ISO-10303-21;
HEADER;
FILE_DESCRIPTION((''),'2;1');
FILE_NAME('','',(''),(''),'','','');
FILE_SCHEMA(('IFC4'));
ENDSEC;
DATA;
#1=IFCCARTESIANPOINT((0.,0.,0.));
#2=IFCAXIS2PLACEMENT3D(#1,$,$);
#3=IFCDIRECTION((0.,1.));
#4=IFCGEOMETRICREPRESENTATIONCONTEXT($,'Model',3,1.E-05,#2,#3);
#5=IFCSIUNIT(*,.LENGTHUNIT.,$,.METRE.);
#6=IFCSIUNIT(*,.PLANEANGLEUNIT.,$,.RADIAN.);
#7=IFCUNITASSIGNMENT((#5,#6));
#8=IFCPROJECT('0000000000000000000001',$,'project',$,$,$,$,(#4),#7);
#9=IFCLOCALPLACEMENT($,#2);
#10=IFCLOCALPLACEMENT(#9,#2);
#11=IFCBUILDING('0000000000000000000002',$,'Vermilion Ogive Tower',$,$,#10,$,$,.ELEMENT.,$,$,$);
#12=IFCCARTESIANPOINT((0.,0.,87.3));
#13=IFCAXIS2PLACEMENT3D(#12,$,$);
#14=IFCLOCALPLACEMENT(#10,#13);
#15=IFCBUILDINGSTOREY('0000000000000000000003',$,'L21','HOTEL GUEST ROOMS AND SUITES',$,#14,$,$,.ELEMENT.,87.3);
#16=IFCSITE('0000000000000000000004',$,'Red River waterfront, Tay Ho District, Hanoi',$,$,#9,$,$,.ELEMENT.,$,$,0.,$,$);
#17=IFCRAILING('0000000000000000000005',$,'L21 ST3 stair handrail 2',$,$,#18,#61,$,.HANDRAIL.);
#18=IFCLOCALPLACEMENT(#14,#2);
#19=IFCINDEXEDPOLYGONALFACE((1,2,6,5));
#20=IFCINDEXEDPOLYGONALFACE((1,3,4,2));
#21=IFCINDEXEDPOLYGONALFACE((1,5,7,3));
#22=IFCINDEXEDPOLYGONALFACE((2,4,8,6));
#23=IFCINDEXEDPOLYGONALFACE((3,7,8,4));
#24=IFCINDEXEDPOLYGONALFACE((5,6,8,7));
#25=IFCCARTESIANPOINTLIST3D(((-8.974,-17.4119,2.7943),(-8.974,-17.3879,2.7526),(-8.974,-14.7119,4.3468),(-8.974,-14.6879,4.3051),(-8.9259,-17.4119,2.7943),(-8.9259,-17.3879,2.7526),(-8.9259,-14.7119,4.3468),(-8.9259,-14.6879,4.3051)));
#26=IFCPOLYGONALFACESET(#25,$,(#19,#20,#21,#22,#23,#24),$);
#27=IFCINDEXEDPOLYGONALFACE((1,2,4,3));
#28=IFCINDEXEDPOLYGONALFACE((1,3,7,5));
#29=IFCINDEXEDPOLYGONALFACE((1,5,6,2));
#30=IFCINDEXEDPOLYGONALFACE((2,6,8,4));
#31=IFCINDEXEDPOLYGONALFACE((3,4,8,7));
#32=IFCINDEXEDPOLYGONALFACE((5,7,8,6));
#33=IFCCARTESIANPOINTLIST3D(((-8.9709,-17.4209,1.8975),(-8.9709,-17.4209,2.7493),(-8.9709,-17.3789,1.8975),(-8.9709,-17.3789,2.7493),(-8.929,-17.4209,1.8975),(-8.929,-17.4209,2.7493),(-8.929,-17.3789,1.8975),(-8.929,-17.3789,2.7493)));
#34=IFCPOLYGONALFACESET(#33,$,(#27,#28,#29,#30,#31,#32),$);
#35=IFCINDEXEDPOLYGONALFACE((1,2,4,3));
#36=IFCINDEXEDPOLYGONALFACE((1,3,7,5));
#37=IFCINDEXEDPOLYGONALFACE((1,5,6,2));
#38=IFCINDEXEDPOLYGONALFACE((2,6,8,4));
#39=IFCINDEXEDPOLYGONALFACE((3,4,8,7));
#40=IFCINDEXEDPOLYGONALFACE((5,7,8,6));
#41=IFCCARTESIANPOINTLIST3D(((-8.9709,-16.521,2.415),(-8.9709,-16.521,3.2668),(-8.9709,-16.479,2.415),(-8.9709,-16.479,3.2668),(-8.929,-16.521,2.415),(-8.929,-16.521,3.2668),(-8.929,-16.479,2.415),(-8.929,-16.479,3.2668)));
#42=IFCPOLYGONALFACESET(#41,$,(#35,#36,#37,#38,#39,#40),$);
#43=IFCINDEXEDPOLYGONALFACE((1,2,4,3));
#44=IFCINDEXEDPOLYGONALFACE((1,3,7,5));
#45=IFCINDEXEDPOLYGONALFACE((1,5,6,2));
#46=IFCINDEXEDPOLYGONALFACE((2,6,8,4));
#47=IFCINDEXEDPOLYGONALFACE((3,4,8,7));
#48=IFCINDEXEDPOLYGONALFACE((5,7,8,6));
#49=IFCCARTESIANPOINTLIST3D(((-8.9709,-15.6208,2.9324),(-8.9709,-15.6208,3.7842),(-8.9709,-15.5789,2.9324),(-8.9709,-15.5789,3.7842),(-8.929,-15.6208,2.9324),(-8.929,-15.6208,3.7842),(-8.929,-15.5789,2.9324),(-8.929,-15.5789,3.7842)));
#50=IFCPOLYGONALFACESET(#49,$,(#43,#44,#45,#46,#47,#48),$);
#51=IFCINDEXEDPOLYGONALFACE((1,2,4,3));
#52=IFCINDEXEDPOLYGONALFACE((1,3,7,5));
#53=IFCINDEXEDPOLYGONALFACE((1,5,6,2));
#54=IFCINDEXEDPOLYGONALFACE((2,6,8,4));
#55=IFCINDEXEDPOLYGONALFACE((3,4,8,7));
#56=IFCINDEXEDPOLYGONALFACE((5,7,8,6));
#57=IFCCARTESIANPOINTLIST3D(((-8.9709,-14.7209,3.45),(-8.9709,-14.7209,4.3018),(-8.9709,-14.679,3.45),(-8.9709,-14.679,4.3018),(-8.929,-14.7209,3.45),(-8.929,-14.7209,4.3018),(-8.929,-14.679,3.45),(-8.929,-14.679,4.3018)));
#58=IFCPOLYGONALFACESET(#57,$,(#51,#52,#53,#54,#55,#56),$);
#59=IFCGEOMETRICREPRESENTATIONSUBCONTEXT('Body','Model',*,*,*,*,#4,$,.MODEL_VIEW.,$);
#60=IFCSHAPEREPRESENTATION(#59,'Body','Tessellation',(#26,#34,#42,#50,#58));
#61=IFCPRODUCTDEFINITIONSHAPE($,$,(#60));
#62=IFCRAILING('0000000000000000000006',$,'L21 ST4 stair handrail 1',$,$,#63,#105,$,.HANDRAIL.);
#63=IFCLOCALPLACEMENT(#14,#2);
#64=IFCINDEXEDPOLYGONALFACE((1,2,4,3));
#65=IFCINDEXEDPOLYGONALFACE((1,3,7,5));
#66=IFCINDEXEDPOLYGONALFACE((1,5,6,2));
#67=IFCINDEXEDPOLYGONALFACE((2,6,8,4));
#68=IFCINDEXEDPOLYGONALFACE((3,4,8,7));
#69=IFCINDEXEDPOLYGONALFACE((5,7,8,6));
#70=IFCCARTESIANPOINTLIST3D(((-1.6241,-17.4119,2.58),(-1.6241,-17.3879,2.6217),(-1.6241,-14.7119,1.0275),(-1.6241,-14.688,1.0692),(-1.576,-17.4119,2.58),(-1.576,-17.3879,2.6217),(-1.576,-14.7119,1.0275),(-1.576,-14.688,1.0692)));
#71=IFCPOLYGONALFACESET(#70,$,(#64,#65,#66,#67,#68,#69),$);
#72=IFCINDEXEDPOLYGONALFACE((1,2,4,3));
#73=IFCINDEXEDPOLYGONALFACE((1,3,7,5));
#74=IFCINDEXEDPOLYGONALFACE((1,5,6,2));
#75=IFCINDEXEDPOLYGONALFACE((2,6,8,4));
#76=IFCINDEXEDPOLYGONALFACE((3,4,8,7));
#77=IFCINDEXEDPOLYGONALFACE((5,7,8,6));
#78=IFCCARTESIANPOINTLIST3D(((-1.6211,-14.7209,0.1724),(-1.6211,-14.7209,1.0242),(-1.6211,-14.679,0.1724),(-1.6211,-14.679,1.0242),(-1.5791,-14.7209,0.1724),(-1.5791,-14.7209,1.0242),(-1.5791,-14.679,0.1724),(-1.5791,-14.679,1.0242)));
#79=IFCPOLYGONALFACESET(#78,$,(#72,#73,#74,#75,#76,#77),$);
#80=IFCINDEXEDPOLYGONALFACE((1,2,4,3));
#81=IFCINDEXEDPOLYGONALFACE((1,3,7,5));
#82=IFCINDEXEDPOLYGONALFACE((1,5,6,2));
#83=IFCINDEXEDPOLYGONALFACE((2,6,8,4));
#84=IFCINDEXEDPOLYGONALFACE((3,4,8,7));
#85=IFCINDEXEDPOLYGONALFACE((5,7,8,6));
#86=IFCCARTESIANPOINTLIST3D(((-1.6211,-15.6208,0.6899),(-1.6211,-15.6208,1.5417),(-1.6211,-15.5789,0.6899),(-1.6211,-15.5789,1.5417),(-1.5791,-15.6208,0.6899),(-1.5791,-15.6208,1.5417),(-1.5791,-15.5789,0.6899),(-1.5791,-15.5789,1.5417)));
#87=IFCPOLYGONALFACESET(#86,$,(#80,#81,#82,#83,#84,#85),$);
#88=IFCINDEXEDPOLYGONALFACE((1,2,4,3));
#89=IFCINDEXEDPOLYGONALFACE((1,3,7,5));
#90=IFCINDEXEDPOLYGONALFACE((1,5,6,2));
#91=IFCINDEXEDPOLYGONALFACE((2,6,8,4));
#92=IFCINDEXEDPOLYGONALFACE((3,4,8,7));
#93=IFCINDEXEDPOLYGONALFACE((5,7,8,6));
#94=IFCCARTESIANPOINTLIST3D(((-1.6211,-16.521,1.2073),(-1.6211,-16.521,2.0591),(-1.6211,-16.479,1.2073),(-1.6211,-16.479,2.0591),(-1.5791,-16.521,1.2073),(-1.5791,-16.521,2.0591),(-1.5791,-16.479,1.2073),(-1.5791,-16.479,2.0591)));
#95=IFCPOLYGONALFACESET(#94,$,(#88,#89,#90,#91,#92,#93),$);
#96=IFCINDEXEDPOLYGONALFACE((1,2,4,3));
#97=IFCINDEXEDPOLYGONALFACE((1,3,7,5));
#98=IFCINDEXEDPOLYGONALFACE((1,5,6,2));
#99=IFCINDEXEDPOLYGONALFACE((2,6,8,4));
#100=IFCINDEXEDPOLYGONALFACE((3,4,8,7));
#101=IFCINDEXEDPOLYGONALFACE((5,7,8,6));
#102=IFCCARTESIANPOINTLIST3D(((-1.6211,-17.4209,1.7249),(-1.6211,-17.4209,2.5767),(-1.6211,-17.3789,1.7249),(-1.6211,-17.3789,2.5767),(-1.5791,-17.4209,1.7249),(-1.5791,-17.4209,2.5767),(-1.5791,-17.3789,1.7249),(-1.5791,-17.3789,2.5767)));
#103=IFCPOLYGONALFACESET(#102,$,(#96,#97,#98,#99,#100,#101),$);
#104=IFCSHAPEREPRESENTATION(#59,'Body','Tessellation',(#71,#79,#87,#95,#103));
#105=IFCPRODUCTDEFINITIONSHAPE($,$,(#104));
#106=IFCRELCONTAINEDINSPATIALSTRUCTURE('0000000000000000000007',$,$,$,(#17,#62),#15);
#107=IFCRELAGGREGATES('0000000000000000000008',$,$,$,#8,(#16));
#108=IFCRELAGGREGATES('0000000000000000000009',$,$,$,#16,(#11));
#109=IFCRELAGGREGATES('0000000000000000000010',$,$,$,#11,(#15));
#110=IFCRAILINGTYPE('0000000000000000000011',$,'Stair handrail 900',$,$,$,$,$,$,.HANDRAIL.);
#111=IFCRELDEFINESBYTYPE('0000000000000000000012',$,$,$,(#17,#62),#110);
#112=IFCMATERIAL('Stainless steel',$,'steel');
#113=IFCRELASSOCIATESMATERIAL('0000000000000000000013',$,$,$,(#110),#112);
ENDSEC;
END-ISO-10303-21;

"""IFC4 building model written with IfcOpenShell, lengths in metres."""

from ifc_helpers import new_model, si_unit, direction, frame, origin, origin_2d, place, context, subcontext, project, spatial, rectangle, extrude, material, type_object, element, save


model = new_model("IFC4")

# Units and contexts
model_context = context("Model", 3, precision=1e-05, world=origin(), true_north=direction((0.0, 1.0)))
body_context = subcontext(model_context, "Body", "Model", "MODEL_VIEW")
ifc_project = project(units=[si_unit("LENGTHUNIT", "METRE"), si_unit("PLANEANGLEUNIT", "RADIAN")], contexts=[model_context])

# Site, building, storey
site_placement = place(None, origin())
site = spatial("IfcSite", under=ifc_project, at=site_placement, Name="Red River waterfront, Tay Ho District, Hanoi", CompositionType="ELEMENT", RefElevation=0.0)
building_placement = place(site_placement, origin())
building = spatial("IfcBuilding", under=site, at=building_placement, Name="Vermilion Ogive Tower", CompositionType="ELEMENT")
storey_placement = place(building_placement, frame((0.0, 0.0, 87.3)))
storey = spatial("IfcBuildingStorey", under=building, at=storey_placement, Name="L21", Description="HOTEL GUEST ROOMS AND SUITES", CompositionType="ELEMENT", Elevation=87.3)

# Railings
ifc_material_1 = material(Name="Stainless steel", Category="steel")
railing_type_1 = type_object("IfcRailingType", Name="Stair handrail 900", PredefinedType="HANDRAIL", material=ifc_material_1)
railing_1_placement = place(storey_placement, frame((-8.95, -17.3999, 1.8975)))
element("IfcRailing", 1, at=railing_1_placement, inside=storey, type_object=railing_type_1, Name="L21 ST3 stair handrail 2", PredefinedType="HANDRAIL", context=body_context, shape_type="SweptSolid", body=[
    extrude(rectangle(XDim=0.0481, YDim=0.0481, at=origin_2d()), frame((0.0, 0.0, 0.876), z_axis=(0.0, 0.866904, 0.498476), x_axis=(-1.0, 0.0, 0.0)), (0.0, 0.0, 1.0), 3.1145),
    extrude(rectangle(XDim=0.042, YDim=0.042, at=origin_2d()), origin(), (0.0, 0.0, 1.0), 0.8518),
    extrude(rectangle(XDim=0.042, YDim=0.042, at=origin_2d()), frame((0.0, 0.8999, 0.5176)), (0.0, 0.0, 1.0), 0.8518),
    extrude(rectangle(XDim=0.042, YDim=0.042, at=origin_2d()), frame((0.0, 1.8, 1.0349)), (0.0, 0.0, 1.0), 0.8518),
    extrude(rectangle(XDim=0.042, YDim=0.042, at=origin_2d()), frame((0.0, 2.7, 1.5525)), (0.0, 0.0, 1.0), 0.8518),
])
railing_2_placement = place(storey_placement, frame((-1.6001, -14.7, 0.1724)))
element("IfcRailing", 2, at=railing_2_placement, inside=storey, type_object=railing_type_1, Name="L21 ST4 stair handrail 1", PredefinedType="HANDRAIL", context=body_context, shape_type="SweptSolid", body=[
    extrude(rectangle(XDim=0.0481, YDim=0.0481, at=origin_2d()), frame((0.0, 0.0, 0.876), z_axis=(0.0, -0.866904, 0.498476), x_axis=(1.0, 0.0, 0.0)), (0.0, 0.0, 1.0), 3.1145),
    extrude(rectangle(XDim=0.042, YDim=0.042, at=origin_2d()), origin(), (0.0, 0.0, 1.0), 0.8518),
    extrude(rectangle(XDim=0.042, YDim=0.042, at=origin_2d()), frame((0.0, -0.8999, 0.5176)), (0.0, 0.0, 1.0), 0.8518),
    extrude(rectangle(XDim=0.042, YDim=0.042, at=origin_2d()), frame((0.0, -1.8, 1.0349)), (0.0, 0.0, 1.0), 0.8518),
    extrude(rectangle(XDim=0.042, YDim=0.042, at=origin_2d()), frame((0.0, -2.7, 1.5525)), (0.0, 0.0, 1.0), 0.8518),
])

save(model, "model.ifc")
